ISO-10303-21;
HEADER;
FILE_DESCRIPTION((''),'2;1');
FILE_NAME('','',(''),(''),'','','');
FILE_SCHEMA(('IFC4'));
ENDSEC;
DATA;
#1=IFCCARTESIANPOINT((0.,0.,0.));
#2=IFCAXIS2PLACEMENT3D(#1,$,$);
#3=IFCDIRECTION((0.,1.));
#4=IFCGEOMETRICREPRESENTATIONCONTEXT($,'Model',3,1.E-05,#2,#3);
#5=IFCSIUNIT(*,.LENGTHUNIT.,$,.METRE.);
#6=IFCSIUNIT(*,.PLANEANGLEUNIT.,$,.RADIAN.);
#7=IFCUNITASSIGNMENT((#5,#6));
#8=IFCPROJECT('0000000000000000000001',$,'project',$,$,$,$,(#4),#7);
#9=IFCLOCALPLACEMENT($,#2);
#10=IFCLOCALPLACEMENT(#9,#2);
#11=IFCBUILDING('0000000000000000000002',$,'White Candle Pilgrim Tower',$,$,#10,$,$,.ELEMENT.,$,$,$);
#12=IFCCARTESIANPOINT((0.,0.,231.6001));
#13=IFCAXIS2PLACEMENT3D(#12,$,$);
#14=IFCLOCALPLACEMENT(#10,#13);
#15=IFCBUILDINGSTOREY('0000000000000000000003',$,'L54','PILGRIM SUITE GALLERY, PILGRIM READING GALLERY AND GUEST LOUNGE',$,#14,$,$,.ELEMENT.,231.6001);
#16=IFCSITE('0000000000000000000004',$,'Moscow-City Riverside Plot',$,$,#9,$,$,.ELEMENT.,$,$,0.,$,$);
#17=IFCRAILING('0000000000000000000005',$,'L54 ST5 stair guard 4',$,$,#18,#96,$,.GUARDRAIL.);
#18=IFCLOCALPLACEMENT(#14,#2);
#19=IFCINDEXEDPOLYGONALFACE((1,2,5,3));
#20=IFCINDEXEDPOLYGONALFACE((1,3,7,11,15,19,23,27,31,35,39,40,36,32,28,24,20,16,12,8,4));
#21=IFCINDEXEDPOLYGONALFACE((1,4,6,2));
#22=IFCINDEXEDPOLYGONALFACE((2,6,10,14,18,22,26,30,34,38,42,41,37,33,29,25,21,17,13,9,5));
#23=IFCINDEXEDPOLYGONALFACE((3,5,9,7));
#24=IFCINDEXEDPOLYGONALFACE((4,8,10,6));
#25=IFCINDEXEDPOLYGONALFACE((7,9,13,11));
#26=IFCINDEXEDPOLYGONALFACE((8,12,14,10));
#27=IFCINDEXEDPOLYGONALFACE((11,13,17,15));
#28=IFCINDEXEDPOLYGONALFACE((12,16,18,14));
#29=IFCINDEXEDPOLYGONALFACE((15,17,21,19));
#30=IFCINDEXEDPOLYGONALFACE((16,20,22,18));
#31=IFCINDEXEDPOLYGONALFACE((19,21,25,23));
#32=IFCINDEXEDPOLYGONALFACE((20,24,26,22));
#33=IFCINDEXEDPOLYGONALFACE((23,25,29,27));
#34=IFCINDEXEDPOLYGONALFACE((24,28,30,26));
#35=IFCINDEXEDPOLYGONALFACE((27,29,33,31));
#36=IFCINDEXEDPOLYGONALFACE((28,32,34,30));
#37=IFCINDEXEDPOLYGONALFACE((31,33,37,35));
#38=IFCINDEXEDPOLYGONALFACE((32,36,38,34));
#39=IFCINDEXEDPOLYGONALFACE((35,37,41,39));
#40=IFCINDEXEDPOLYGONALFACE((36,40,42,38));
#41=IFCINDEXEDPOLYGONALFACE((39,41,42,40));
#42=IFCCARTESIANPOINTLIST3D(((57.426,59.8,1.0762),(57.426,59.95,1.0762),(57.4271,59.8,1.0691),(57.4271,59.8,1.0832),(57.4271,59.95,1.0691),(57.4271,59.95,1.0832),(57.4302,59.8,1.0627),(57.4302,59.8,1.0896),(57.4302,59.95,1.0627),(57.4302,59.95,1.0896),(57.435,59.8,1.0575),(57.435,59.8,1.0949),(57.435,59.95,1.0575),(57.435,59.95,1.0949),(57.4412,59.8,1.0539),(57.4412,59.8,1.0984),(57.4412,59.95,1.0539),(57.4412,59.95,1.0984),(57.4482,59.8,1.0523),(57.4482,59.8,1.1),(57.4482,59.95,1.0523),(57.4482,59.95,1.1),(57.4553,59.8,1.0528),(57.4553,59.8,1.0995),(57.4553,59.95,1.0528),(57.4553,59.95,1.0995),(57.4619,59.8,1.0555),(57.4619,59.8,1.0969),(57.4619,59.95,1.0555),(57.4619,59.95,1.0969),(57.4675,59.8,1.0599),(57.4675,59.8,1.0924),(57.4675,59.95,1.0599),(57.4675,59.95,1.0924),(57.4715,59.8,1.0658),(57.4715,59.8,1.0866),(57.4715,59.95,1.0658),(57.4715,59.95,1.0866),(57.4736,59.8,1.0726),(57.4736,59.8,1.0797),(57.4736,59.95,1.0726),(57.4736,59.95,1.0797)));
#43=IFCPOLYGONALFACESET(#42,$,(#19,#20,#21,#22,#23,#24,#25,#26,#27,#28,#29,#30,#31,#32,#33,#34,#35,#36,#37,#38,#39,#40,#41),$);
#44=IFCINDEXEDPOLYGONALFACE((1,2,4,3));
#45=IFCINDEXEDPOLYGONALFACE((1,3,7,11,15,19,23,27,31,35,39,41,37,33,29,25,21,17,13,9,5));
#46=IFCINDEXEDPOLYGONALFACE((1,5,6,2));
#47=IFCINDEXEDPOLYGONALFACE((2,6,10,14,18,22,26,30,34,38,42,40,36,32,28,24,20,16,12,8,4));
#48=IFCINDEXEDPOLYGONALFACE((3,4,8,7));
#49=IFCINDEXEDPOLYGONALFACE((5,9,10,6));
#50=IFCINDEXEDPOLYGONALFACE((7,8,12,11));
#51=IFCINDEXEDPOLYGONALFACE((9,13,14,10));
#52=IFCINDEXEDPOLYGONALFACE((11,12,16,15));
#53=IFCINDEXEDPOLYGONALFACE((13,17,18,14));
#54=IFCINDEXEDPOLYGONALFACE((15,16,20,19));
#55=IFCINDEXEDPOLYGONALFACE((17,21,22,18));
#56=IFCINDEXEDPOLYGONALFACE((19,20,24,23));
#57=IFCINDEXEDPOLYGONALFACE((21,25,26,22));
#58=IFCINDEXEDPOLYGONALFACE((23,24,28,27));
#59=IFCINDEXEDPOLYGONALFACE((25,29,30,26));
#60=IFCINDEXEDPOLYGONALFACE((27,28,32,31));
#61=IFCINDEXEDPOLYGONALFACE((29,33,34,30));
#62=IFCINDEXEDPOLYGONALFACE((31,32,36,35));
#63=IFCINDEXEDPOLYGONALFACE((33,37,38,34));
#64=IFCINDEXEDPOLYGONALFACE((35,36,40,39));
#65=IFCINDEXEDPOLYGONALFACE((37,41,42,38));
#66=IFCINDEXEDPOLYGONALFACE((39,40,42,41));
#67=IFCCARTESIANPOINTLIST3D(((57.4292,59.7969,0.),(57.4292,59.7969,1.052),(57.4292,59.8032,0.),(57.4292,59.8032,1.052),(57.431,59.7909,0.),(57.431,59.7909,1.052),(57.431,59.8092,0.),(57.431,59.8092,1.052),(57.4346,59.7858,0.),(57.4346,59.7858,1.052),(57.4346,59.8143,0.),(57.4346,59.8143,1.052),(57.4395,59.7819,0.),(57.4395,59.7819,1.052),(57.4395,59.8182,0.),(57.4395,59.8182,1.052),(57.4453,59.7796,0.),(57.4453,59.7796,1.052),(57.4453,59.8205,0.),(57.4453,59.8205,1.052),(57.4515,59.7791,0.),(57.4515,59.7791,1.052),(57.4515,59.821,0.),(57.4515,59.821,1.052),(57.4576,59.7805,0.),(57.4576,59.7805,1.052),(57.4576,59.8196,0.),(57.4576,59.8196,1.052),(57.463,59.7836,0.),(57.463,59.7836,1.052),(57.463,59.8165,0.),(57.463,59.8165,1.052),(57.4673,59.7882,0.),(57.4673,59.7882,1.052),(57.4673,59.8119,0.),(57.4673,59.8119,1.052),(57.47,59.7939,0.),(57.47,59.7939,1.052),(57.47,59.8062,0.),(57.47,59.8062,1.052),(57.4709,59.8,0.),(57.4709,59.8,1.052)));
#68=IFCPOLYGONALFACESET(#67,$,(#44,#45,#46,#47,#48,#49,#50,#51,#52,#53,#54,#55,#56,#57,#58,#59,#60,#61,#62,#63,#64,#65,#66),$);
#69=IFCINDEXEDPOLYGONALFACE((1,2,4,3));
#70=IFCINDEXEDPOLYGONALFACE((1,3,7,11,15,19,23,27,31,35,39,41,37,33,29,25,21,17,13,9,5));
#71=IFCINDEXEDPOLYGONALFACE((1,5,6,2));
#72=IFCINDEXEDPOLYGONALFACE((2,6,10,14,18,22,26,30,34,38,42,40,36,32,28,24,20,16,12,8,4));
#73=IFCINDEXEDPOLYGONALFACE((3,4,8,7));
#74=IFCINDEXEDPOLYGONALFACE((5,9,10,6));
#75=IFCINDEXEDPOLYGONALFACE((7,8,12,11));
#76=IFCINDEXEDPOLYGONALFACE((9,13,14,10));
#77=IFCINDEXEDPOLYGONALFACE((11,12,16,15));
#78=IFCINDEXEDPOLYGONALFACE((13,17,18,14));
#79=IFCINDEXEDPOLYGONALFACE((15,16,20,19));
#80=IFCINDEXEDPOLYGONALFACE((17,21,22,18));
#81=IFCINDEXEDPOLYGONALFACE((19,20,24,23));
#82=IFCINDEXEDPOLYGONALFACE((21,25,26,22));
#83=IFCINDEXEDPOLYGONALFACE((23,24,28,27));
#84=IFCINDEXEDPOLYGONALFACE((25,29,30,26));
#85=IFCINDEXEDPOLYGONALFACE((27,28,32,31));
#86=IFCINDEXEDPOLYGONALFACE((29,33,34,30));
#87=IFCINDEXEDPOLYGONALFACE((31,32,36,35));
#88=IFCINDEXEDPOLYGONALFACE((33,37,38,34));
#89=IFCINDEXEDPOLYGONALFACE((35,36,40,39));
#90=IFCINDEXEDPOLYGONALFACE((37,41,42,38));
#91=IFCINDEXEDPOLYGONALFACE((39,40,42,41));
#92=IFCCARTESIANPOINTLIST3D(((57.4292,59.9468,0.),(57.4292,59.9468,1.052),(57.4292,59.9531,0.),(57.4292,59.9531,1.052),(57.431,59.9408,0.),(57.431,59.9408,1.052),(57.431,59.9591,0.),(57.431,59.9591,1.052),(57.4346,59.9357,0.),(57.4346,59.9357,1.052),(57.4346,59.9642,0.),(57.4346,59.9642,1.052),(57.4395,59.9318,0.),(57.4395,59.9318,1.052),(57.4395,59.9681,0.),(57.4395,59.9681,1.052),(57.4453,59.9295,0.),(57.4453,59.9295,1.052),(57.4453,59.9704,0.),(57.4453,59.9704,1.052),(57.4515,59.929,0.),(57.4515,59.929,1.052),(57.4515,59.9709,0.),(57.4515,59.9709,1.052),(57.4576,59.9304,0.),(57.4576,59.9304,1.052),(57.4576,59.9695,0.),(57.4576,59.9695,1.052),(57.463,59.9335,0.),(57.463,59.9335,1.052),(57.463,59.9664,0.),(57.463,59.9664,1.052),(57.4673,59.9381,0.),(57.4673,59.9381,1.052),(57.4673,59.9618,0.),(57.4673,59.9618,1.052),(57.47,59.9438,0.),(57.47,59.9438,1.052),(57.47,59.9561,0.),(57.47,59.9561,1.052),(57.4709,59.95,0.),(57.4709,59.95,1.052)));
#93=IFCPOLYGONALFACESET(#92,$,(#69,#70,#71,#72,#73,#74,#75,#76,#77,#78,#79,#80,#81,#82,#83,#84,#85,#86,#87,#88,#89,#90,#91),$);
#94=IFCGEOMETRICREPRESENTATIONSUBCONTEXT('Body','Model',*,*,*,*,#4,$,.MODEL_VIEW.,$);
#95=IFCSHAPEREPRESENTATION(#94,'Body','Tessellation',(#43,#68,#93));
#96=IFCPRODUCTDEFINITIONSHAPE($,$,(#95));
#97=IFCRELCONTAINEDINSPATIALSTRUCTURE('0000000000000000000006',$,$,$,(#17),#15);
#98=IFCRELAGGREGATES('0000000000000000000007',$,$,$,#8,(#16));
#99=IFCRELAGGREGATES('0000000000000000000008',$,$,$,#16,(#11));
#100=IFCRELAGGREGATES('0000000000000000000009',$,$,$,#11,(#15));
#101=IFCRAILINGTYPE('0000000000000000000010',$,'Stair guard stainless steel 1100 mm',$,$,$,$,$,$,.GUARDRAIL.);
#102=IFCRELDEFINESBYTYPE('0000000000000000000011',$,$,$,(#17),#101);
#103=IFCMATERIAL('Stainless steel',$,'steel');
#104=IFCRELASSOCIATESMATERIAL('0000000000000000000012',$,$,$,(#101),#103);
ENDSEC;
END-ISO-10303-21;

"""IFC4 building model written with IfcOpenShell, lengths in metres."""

from ifc_helpers import new_model, si_unit, direction, frame, origin, origin_2d, place, context, subcontext, project, spatial, circle, extrude, material, type_object, element, save


model = new_model("IFC4")

# Units and contexts
model_context = context("Model", 3, precision=1e-05, world=origin(), true_north=direction((0.0, 1.0)))
body_context = subcontext(model_context, "Body", "Model", "MODEL_VIEW")
ifc_project = project(units=[si_unit("LENGTHUNIT", "METRE"), si_unit("PLANEANGLEUNIT", "RADIAN")], contexts=[model_context])

# Site, building, storey
site_placement = place(None, origin())
site = spatial("IfcSite", under=ifc_project, at=site_placement, Name="Moscow-City Riverside Plot", CompositionType="ELEMENT", RefElevation=0.0)
building_placement = place(site_placement, origin())
building = spatial("IfcBuilding", under=site, at=building_placement, Name="White Candle Pilgrim Tower", CompositionType="ELEMENT")
storey_placement = place(building_placement, frame((0.0, 0.0, 231.6001)))
storey = spatial("IfcBuildingStorey", under=building, at=storey_placement, Name="L54", Description="PILGRIM SUITE GALLERY, PILGRIM READING GALLERY AND GUEST LOUNGE", CompositionType="ELEMENT", Elevation=231.6001)

# Railing
ifc_material_1 = material(Name="Stainless steel", Category="steel")
railing_type_1 = type_object("IfcRailingType", Name="Stair guard stainless steel 1100 mm", PredefinedType="GUARDRAIL", material=ifc_material_1)
railing_1_placement = place(storey_placement, frame((57.45, 59.8, 0.0)))
element("IfcRailing", 1, at=railing_1_placement, inside=storey, type_object=railing_type_1, Name="L54 ST5 stair guard 4", PredefinedType="GUARDRAIL", context=body_context, shape_type="SweptSolid", body=[
    extrude(circle(Radius=0.0239, at=origin_2d()), frame((0.0, 0.0, 1.0762), z_axis=(0.0, 1.0, 0.0), x_axis=(-1.0, 0.0, 0.0)), (0.0, 0.0, 1.0), 0.1499),
    extrude(circle(Radius=0.021, at=origin_2d()), origin(), (0.0, 0.0, 1.0), 1.052),
    extrude(circle(Radius=0.021, at=origin_2d()), frame((0.0, 0.1499, 0.0)), (0.0, 0.0, 1.0), 1.052),
])

save(model, "model.ifc")
